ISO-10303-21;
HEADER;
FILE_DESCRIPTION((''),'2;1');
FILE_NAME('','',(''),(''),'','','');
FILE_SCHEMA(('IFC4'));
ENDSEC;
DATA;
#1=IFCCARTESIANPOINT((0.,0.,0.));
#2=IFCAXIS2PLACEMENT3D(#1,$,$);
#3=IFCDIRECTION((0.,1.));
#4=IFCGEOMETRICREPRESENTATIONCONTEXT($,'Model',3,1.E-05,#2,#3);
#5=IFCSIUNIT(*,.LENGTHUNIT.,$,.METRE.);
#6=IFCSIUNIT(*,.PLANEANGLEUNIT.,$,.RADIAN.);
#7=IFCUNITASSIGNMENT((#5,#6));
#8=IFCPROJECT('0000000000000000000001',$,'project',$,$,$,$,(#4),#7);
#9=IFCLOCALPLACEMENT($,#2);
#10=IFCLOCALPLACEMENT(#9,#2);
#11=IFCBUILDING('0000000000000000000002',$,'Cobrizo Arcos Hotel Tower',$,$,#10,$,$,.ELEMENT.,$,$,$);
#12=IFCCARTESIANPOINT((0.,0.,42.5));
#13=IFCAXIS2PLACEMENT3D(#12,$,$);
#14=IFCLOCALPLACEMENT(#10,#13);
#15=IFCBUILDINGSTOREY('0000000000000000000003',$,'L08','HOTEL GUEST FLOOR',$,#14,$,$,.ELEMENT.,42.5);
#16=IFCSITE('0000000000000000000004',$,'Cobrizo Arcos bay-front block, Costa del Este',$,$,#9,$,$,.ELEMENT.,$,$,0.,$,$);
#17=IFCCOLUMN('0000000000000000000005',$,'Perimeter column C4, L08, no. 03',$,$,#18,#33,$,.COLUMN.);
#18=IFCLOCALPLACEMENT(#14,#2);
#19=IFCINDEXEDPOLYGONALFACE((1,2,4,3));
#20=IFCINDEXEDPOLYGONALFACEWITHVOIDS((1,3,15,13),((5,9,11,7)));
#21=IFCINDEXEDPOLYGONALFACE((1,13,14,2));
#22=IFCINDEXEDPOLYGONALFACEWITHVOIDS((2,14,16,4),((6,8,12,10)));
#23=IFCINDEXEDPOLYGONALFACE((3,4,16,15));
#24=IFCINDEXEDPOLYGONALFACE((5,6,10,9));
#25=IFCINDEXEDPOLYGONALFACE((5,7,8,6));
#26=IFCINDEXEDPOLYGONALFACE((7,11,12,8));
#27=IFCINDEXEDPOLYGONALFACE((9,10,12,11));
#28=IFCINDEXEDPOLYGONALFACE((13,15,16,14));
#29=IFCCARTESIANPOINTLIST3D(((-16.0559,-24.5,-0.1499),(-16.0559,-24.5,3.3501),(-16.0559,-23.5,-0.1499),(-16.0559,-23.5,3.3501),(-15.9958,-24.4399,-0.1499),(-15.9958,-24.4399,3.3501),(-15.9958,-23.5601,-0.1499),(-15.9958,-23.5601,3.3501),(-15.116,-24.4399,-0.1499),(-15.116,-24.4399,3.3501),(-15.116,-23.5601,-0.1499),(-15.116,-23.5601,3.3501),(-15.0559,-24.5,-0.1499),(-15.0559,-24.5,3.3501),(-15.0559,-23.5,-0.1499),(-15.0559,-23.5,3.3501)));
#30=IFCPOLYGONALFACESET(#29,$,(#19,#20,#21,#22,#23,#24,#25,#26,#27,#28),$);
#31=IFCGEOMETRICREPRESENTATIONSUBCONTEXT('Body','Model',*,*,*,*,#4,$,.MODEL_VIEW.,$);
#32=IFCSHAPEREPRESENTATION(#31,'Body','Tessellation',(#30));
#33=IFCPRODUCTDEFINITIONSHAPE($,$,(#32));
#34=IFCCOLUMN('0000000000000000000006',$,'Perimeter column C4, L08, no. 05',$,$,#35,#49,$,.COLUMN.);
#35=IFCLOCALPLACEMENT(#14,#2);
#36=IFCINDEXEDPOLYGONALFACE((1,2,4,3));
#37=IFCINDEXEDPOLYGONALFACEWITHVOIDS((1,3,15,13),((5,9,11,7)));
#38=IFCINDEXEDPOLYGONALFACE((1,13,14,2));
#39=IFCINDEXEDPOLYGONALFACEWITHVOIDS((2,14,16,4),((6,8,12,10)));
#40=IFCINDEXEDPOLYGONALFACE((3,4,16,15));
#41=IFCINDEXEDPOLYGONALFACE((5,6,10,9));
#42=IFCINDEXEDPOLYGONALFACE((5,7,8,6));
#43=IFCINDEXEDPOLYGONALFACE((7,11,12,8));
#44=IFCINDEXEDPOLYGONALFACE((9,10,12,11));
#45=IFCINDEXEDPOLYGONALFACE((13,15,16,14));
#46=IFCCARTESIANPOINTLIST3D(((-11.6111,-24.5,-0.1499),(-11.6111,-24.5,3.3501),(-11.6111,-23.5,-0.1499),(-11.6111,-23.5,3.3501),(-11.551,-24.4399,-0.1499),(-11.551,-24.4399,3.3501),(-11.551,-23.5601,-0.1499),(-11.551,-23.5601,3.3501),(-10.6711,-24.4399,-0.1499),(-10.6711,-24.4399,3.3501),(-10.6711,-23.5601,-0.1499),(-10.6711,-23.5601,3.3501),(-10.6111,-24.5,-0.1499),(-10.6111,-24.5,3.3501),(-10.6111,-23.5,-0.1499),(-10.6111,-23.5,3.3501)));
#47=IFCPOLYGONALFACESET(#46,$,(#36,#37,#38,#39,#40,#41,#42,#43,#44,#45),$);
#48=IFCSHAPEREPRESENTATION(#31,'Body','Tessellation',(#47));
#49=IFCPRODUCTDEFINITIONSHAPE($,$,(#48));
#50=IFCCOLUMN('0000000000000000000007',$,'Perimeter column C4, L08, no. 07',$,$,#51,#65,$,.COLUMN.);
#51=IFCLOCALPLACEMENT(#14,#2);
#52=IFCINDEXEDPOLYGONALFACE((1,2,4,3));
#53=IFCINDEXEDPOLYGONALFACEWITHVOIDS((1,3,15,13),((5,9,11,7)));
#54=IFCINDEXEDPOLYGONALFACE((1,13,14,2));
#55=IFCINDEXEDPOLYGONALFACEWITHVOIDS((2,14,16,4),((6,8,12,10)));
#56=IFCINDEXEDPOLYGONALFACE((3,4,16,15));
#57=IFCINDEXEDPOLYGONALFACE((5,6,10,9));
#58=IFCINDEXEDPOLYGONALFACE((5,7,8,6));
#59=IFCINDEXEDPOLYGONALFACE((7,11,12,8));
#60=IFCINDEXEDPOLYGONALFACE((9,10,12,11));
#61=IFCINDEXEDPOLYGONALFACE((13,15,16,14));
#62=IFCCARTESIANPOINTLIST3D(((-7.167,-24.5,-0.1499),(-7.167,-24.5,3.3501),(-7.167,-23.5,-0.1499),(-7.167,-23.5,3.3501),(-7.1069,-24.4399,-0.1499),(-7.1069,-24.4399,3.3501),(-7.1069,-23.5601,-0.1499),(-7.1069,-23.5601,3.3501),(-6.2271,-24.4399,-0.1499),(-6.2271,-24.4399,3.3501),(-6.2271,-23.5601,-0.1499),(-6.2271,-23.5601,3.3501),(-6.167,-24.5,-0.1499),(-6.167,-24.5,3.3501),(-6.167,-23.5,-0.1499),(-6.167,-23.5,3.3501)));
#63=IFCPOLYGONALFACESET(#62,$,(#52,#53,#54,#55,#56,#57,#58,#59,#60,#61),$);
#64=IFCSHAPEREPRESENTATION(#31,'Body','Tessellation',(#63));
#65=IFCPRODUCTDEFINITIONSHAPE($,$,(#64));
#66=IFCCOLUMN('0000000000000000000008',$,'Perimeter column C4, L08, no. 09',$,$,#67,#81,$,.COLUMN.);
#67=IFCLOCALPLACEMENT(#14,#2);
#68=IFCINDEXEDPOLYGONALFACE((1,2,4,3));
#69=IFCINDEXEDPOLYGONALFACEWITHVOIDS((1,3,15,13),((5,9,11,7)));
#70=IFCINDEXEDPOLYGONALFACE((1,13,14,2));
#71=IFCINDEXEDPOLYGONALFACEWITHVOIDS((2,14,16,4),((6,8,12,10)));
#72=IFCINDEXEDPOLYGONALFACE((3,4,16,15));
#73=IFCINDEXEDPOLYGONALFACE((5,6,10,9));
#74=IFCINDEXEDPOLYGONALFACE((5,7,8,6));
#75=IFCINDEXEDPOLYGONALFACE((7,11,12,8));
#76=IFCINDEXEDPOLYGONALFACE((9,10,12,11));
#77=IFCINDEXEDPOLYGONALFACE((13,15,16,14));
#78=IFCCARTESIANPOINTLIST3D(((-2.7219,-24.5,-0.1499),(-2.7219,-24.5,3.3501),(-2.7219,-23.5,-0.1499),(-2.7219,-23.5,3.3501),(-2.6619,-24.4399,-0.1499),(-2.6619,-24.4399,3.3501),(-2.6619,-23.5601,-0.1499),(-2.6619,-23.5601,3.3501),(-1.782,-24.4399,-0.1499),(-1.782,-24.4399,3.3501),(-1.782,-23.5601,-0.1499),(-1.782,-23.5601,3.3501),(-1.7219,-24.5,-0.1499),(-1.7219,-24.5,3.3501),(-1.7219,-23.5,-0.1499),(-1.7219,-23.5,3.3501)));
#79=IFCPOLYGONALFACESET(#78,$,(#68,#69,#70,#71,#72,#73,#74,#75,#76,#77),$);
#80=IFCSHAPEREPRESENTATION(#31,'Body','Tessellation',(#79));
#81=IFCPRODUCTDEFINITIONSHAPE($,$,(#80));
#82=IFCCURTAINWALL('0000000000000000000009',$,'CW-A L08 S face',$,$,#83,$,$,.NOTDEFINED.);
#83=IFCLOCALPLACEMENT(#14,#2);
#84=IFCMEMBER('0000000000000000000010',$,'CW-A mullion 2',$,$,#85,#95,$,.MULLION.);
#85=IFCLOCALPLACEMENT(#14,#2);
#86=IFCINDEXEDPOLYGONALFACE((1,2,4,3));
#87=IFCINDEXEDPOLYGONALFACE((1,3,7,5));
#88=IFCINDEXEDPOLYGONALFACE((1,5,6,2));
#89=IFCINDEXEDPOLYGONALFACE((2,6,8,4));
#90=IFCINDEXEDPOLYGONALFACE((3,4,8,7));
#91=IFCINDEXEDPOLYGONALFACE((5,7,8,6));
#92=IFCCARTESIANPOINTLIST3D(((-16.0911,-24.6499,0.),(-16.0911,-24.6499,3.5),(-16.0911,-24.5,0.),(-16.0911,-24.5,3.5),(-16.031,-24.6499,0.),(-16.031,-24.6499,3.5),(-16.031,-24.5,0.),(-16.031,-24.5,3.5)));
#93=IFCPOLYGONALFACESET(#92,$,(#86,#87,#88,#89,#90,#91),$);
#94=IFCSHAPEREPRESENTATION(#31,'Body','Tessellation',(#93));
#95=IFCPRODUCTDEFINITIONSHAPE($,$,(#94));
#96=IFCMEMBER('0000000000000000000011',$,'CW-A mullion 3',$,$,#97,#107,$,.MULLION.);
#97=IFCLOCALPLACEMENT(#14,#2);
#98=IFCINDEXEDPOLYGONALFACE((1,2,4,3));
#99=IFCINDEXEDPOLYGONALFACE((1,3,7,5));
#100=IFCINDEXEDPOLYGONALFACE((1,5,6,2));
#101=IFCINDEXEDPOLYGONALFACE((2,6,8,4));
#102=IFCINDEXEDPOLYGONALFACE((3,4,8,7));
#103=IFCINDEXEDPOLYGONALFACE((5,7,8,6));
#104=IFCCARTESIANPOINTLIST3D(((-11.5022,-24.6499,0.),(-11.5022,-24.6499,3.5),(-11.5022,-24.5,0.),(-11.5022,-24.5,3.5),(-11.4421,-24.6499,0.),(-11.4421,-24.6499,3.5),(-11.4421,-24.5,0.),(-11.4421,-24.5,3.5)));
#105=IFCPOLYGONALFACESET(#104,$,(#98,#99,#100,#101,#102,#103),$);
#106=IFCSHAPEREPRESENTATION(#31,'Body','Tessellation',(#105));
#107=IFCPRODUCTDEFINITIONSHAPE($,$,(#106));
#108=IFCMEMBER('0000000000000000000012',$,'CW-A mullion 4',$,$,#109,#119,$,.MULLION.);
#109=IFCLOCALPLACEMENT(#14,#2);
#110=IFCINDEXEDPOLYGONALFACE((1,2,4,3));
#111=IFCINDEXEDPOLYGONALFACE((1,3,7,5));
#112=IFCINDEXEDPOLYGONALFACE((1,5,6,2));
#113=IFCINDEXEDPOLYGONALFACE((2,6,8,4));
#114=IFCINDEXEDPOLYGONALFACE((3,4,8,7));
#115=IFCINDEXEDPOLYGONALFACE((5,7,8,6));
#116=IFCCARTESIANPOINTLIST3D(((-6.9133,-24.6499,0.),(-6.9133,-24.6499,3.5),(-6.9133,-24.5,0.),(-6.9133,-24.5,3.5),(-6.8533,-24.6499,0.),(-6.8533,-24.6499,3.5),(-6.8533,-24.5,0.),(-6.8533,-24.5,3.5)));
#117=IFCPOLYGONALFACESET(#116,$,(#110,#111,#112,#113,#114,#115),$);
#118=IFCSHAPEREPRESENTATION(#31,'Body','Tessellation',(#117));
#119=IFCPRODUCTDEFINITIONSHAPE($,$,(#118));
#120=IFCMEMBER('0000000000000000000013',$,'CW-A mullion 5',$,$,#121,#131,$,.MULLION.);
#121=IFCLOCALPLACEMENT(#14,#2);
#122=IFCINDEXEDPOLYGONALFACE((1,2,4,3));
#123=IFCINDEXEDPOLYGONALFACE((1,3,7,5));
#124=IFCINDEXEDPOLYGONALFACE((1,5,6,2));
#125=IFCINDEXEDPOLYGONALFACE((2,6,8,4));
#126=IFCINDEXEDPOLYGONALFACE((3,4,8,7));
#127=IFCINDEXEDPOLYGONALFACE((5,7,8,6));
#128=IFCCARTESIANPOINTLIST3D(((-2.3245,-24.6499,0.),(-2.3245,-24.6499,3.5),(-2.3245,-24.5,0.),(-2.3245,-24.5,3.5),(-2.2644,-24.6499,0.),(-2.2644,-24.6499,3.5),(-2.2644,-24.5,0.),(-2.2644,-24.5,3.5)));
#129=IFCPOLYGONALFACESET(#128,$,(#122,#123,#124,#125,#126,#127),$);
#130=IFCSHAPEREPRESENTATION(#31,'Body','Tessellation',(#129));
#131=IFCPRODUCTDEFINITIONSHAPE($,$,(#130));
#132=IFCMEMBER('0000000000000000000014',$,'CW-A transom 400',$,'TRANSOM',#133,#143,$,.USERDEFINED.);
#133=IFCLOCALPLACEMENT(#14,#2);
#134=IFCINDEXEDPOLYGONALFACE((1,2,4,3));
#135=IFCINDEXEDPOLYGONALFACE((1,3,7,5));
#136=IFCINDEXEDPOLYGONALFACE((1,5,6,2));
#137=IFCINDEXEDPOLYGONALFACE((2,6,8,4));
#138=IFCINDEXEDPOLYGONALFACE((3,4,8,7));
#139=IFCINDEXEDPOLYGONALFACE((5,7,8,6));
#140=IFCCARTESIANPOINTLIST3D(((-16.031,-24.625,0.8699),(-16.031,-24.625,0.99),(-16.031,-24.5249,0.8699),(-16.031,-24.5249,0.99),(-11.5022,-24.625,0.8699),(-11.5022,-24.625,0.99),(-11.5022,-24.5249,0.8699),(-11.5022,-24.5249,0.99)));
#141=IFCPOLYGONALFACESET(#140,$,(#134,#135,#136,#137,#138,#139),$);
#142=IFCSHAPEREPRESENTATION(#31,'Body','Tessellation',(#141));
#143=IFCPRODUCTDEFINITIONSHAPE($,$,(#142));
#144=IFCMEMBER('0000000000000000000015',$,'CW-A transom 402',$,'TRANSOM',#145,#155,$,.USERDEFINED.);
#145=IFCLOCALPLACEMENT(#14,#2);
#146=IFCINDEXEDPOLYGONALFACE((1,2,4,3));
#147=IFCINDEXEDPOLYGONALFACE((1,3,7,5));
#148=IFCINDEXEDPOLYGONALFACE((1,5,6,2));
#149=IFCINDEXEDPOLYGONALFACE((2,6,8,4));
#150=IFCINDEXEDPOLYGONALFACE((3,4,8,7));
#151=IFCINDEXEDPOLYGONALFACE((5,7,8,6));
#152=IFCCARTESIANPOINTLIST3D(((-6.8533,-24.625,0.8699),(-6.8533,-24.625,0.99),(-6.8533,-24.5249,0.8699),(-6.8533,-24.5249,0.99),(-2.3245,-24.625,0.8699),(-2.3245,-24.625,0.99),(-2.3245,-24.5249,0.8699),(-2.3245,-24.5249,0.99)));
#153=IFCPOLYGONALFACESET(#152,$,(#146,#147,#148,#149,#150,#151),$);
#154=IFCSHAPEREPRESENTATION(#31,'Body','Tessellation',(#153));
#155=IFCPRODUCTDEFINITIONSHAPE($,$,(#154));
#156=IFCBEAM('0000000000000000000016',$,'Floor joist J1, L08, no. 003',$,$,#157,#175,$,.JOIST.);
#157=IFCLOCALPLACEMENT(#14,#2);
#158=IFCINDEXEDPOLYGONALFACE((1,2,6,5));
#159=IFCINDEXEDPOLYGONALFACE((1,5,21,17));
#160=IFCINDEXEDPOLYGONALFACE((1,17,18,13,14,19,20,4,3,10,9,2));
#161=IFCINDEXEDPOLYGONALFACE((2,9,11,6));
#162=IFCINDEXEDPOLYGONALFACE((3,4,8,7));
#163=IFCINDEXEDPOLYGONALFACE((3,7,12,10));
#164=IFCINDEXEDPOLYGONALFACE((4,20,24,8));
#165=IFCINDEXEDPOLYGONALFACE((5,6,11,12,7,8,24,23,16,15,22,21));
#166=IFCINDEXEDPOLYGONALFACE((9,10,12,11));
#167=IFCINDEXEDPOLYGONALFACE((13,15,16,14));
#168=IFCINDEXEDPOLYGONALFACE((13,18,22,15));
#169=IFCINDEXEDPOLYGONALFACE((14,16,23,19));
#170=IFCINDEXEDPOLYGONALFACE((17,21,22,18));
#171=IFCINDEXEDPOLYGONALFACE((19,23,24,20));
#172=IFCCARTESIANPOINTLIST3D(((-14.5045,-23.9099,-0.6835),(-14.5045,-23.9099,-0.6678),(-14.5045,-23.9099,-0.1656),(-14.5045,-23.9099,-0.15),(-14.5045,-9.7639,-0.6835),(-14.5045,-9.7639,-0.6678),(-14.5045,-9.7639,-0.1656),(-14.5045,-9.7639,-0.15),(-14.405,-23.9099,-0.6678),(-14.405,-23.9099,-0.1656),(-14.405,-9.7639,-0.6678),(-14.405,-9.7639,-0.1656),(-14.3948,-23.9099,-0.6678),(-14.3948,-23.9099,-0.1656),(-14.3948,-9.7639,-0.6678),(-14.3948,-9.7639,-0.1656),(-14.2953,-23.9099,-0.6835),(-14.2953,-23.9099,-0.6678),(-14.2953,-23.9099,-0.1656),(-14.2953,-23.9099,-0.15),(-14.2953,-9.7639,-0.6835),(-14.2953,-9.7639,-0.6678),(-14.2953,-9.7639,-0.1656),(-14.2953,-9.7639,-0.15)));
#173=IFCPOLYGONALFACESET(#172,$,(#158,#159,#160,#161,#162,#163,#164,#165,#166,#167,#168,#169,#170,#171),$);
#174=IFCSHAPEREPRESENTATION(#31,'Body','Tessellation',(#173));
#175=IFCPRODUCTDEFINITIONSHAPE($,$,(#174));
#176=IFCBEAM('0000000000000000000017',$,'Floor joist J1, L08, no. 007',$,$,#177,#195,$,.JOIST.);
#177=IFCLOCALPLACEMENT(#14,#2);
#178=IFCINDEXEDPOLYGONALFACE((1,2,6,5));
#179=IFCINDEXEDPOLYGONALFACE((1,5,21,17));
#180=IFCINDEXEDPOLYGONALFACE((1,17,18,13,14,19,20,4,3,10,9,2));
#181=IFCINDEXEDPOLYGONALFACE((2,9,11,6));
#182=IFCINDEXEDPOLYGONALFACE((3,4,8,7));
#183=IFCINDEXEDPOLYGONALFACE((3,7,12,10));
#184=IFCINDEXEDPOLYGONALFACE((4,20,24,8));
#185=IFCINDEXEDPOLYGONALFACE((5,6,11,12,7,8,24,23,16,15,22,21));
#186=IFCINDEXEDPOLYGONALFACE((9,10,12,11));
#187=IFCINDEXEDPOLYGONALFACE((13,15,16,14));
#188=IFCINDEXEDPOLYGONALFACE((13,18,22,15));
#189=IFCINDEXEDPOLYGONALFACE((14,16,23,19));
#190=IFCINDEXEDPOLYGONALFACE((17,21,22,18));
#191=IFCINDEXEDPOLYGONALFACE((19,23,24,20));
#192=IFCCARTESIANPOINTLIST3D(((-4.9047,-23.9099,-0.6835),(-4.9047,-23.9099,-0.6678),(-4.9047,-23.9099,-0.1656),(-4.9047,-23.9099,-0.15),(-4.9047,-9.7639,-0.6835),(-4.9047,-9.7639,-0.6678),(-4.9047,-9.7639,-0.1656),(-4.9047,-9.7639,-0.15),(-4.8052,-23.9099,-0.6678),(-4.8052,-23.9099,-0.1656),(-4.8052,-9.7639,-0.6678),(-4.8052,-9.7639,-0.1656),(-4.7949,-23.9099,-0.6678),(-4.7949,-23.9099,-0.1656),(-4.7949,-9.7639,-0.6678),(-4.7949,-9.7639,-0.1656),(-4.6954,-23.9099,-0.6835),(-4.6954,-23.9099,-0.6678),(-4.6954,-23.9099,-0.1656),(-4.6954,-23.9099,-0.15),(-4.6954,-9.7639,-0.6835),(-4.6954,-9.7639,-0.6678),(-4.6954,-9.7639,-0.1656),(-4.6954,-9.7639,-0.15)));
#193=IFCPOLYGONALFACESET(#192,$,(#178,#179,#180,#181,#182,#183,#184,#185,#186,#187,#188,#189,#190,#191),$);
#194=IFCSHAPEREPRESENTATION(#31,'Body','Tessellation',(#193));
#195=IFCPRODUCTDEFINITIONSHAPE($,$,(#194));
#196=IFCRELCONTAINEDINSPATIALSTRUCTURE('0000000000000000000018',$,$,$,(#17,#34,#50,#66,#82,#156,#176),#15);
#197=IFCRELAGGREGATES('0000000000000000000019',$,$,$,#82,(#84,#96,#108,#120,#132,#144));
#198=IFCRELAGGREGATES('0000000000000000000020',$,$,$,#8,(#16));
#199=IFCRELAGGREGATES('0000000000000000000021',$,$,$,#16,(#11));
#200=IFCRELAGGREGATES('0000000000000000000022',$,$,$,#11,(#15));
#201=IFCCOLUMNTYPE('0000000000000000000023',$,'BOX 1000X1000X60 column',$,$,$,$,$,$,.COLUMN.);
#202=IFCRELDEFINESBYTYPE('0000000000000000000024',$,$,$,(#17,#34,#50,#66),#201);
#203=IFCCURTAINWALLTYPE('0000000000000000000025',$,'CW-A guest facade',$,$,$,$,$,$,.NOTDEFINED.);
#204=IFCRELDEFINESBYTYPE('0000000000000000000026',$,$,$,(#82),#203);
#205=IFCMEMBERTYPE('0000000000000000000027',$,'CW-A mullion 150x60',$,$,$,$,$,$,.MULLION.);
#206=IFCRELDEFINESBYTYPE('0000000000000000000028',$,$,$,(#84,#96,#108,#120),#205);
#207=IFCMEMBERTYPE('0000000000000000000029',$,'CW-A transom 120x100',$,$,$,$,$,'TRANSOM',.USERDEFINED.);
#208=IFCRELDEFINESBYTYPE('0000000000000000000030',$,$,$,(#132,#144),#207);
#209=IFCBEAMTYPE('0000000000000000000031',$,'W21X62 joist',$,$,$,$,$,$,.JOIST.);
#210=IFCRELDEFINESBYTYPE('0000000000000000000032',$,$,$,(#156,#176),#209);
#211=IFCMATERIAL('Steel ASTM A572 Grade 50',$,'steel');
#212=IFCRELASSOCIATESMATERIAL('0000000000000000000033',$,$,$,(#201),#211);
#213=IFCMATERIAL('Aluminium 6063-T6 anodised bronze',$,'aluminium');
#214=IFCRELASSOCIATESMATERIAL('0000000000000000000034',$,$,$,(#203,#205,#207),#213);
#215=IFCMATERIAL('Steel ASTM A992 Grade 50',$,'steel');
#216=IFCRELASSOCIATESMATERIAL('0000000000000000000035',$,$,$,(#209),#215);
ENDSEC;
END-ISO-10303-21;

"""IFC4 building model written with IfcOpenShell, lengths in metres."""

from ifc_helpers import new_model, si_unit, direction, frame, origin, origin_2d, place, context, subcontext, project, spatial, rectangle, hollow_rectangle, i_section, extrude, material, material_profile, profile_set, type_object, element, aggregate, save


model = new_model("IFC4")

# Units and contexts
model_context = context("Model", 3, precision=1e-05, world=origin(), true_north=direction((0.0, 1.0)))
body_context = subcontext(model_context, "Body", "Model", "MODEL_VIEW")
ifc_project = project(units=[si_unit("LENGTHUNIT", "METRE"), si_unit("PLANEANGLEUNIT", "RADIAN")], contexts=[model_context])

# Site, building, storey
site_placement = place(None, origin())
site = spatial("IfcSite", under=ifc_project, at=site_placement, Name="Cobrizo Arcos bay-front block, Costa del Este", CompositionType="ELEMENT", RefElevation=0.0)
building_placement = place(site_placement, origin())
building = spatial("IfcBuilding", under=site, at=building_placement, Name="Cobrizo Arcos Hotel Tower", CompositionType="ELEMENT")
storey_placement = place(building_placement, frame((0.0, 0.0, 42.5)))
storey = spatial("IfcBuildingStorey", under=building, at=storey_placement, Name="L08", Description="HOTEL GUEST FLOOR", CompositionType="ELEMENT", Elevation=42.5)

# Columns
ifc_material_1 = material(Name="Steel ASTM A572 Grade 50", Category="steel")
ifc_material_profile_1 = material_profile(ifc_material_1, hollow_rectangle(XDim=1.0, YDim=1.0, WallThickness=0.0601, at=origin_2d()), Name="BOX 1000X1000X60")
ifc_profile_set_1 = profile_set([ifc_material_profile_1], Name="Steel ASTM A572 Grade 50")
column_type = type_object("IfcColumnType", Name="BOX 1000X1000X60 column", PredefinedType="COLUMN", material=ifc_profile_set_1)
for number, where, z_axis, x_axis, name in (
    (1, (-15.5559, -24.0, -0.1499), (0.0, 0.0, 1.0), (1.0, 0.0, 0.0), "Perimeter column C4, L08, no. 03"),
    (2, (-11.1111, -24.0, -0.1499), (0.0, 0.0, 1.0), (1.0, 0.0, 0.0), "Perimeter column C4, L08, no. 05"),
    (3, (-6.667, -24.0, -0.1499), (0.0, 0.0, 1.0), (1.0, 0.0, 0.0), "Perimeter column C4, L08, no. 07"),
    (4, (-2.2219, -24.0, -0.1499), (0.0, 0.0, 1.0), (1.0, 0.0, 0.0), "Perimeter column C4, L08, no. 09"),
):
    element("IfcColumn", number, at=place(storey_placement, frame(where, z_axis=z_axis, x_axis=x_axis)), inside=storey, type_object=column_type, Name=name, PredefinedType="COLUMN", context=body_context, shape_type="SweptSolid", body=[
        extrude(hollow_rectangle(XDim=1.0, YDim=1.0, WallThickness=0.0601, at=origin_2d()), origin(), (0.0, 0.0, 1.0), 3.5),
    ])

# Curtain wall, members
ifc_material_2 = material(Name="Aluminium 6063-T6 anodised bronze", Category="aluminium")
curtain_wall_type = type_object("IfcCurtainWallType", Name="CW-A guest facade", PredefinedType="NOTDEFINED", material=ifc_material_2)
curtain_wall_placement = place(storey_placement, origin())
curtain_wall = element("IfcCurtainWall", 5, at=curtain_wall_placement, inside=storey, type_object=curtain_wall_type, Name="CW-A L08 S face", PredefinedType="NOTDEFINED")
ifc_material_profile_2 = material_profile(ifc_material_2, rectangle(XDim=0.1499, YDim=0.0601, at=origin_2d()), Name="CW-A mullion 150x60")
ifc_profile_set_2 = profile_set([ifc_material_profile_2], Name="Aluminium 6063-T6 anodised bronze")
member_type_1 = type_object("IfcMemberType", Name="CW-A mullion 150x60", PredefinedType="MULLION", material=ifc_profile_set_2)
member_1_placement = place(storey_placement, frame((-16.061, -24.575, 0.0), z_axis=(0.0, 0.0, 1.0), x_axis=(0.0, -1.0, 0.0)))
member_1 = element("IfcMember", 6, at=member_1_placement, type_object=member_type_1, Name="CW-A mullion 2", PredefinedType="MULLION", context=body_context, shape_type="SweptSolid", body=[
    extrude(rectangle(XDim=0.1499, YDim=0.0601, at=origin_2d()), origin(), (0.0, 0.0, 1.0), 3.5),
])
member_2_placement = place(storey_placement, frame((-11.4722, -24.575, 0.0), z_axis=(0.0, 0.0, 1.0), x_axis=(0.0, -1.0, 0.0)))
member_2 = element("IfcMember", 7, at=member_2_placement, type_object=member_type_1, Name="CW-A mullion 3", PredefinedType="MULLION", context=body_context, shape_type="SweptSolid", body=[
    extrude(rectangle(XDim=0.1499, YDim=0.0601, at=origin_2d()), origin(), (0.0, 0.0, 1.0), 3.5),
])
member_3_placement = place(storey_placement, frame((-6.8833, -24.575, 0.0), z_axis=(0.0, 0.0, 1.0), x_axis=(0.0, -1.0, 0.0)))
member_3 = element("IfcMember", 8, at=member_3_placement, type_object=member_type_1, Name="CW-A mullion 4", PredefinedType="MULLION", context=body_context, shape_type="SweptSolid", body=[
    extrude(rectangle(XDim=0.1499, YDim=0.0601, at=origin_2d()), origin(), (0.0, 0.0, 1.0), 3.5),
])
member_4_placement = place(storey_placement, frame((-2.2944, -24.575, 0.0), z_axis=(0.0, 0.0, 1.0), x_axis=(0.0, -1.0, 0.0)))
member_4 = element("IfcMember", 9, at=member_4_placement, type_object=member_type_1, Name="CW-A mullion 5", PredefinedType="MULLION", context=body_context, shape_type="SweptSolid", body=[
    extrude(rectangle(XDim=0.1499, YDim=0.0601, at=origin_2d()), origin(), (0.0, 0.0, 1.0), 3.5),
])
ifc_material_profile_3 = material_profile(ifc_material_2, rectangle(XDim=0.1001, YDim=0.1201, at=origin_2d()), Name="CW-A transom 120x100")
ifc_profile_set_3 = profile_set([ifc_material_profile_3], Name="Aluminium 6063-T6 anodised bronze")
member_type_2 = type_object("IfcMemberType", Name="CW-A transom 120x100", ElementType="TRANSOM", PredefinedType="USERDEFINED", material=ifc_profile_set_3)
member_5_placement = place(storey_placement, frame((-16.031, -24.575, 0.9299), z_axis=(1.0, 0.0, 0.0), x_axis=(0.0, 1.0, 0.0)))
member_5 = element("IfcMember", 10, at=member_5_placement, type_object=member_type_2, Name="CW-A transom 400", ObjectType="TRANSOM", PredefinedType="USERDEFINED", context=body_context, shape_type="SweptSolid", body=[
    extrude(rectangle(XDim=0.1001, YDim=0.1201, at=origin_2d()), origin(), (0.0, 0.0, 1.0), 4.5288),
])
member_6_placement = place(storey_placement, frame((-6.8533, -24.575, 0.9299), z_axis=(1.0, 0.0, 0.0), x_axis=(0.0, 1.0, 0.0)))
member_6 = element("IfcMember", 11, at=member_6_placement, type_object=member_type_2, Name="CW-A transom 402", ObjectType="TRANSOM", PredefinedType="USERDEFINED", context=body_context, shape_type="SweptSolid", body=[
    extrude(rectangle(XDim=0.1001, YDim=0.1201, at=origin_2d()), origin(), (0.0, 0.0, 1.0), 4.5288),
])

# Beams
ifc_material_3 = material(Name="Steel ASTM A992 Grade 50", Category="steel")
ifc_material_profile_4 = material_profile(ifc_material_3, i_section(OverallWidth=0.2092, OverallDepth=0.5334, WebThickness=0.0103, FlangeThickness=0.0156, at=origin_2d()), Name="W21X62")
ifc_profile_set_4 = profile_set([ifc_material_profile_4], Name="Steel ASTM A992 Grade 50")
beam_type_1 = type_object("IfcBeamType", Name="W21X62 joist", PredefinedType="JOIST", material=ifc_profile_set_4)
for number, where, z_axis, x_axis, name in (
    (12, (-14.3999, -23.9099, -0.4167), (0.0, 1.0, 0.0), (-1.0, 0.0, 0.0), "Floor joist J1, L08, no. 003"),
    (13, (-4.8, -23.9099, -0.4167), (0.0, 1.0, 0.0), (-1.0, 0.0, 0.0), "Floor joist J1, L08, no. 007"),
):
    element("IfcBeam", number, at=place(storey_placement, frame(where, z_axis=z_axis, x_axis=x_axis)), inside=storey, type_object=beam_type_1, Name=name, PredefinedType="JOIST", context=body_context, shape_type="SweptSolid", body=[
        extrude(i_section(OverallWidth=0.2092, OverallDepth=0.5334, WebThickness=0.0103, FlangeThickness=0.0156, at=origin_2d()), origin(), (0.0, 0.0, 1.0), 14.146),
    ])

aggregate(curtain_wall, [member_1, member_2, member_3, member_4, member_5, member_6])

save(model, "model.ifc")
